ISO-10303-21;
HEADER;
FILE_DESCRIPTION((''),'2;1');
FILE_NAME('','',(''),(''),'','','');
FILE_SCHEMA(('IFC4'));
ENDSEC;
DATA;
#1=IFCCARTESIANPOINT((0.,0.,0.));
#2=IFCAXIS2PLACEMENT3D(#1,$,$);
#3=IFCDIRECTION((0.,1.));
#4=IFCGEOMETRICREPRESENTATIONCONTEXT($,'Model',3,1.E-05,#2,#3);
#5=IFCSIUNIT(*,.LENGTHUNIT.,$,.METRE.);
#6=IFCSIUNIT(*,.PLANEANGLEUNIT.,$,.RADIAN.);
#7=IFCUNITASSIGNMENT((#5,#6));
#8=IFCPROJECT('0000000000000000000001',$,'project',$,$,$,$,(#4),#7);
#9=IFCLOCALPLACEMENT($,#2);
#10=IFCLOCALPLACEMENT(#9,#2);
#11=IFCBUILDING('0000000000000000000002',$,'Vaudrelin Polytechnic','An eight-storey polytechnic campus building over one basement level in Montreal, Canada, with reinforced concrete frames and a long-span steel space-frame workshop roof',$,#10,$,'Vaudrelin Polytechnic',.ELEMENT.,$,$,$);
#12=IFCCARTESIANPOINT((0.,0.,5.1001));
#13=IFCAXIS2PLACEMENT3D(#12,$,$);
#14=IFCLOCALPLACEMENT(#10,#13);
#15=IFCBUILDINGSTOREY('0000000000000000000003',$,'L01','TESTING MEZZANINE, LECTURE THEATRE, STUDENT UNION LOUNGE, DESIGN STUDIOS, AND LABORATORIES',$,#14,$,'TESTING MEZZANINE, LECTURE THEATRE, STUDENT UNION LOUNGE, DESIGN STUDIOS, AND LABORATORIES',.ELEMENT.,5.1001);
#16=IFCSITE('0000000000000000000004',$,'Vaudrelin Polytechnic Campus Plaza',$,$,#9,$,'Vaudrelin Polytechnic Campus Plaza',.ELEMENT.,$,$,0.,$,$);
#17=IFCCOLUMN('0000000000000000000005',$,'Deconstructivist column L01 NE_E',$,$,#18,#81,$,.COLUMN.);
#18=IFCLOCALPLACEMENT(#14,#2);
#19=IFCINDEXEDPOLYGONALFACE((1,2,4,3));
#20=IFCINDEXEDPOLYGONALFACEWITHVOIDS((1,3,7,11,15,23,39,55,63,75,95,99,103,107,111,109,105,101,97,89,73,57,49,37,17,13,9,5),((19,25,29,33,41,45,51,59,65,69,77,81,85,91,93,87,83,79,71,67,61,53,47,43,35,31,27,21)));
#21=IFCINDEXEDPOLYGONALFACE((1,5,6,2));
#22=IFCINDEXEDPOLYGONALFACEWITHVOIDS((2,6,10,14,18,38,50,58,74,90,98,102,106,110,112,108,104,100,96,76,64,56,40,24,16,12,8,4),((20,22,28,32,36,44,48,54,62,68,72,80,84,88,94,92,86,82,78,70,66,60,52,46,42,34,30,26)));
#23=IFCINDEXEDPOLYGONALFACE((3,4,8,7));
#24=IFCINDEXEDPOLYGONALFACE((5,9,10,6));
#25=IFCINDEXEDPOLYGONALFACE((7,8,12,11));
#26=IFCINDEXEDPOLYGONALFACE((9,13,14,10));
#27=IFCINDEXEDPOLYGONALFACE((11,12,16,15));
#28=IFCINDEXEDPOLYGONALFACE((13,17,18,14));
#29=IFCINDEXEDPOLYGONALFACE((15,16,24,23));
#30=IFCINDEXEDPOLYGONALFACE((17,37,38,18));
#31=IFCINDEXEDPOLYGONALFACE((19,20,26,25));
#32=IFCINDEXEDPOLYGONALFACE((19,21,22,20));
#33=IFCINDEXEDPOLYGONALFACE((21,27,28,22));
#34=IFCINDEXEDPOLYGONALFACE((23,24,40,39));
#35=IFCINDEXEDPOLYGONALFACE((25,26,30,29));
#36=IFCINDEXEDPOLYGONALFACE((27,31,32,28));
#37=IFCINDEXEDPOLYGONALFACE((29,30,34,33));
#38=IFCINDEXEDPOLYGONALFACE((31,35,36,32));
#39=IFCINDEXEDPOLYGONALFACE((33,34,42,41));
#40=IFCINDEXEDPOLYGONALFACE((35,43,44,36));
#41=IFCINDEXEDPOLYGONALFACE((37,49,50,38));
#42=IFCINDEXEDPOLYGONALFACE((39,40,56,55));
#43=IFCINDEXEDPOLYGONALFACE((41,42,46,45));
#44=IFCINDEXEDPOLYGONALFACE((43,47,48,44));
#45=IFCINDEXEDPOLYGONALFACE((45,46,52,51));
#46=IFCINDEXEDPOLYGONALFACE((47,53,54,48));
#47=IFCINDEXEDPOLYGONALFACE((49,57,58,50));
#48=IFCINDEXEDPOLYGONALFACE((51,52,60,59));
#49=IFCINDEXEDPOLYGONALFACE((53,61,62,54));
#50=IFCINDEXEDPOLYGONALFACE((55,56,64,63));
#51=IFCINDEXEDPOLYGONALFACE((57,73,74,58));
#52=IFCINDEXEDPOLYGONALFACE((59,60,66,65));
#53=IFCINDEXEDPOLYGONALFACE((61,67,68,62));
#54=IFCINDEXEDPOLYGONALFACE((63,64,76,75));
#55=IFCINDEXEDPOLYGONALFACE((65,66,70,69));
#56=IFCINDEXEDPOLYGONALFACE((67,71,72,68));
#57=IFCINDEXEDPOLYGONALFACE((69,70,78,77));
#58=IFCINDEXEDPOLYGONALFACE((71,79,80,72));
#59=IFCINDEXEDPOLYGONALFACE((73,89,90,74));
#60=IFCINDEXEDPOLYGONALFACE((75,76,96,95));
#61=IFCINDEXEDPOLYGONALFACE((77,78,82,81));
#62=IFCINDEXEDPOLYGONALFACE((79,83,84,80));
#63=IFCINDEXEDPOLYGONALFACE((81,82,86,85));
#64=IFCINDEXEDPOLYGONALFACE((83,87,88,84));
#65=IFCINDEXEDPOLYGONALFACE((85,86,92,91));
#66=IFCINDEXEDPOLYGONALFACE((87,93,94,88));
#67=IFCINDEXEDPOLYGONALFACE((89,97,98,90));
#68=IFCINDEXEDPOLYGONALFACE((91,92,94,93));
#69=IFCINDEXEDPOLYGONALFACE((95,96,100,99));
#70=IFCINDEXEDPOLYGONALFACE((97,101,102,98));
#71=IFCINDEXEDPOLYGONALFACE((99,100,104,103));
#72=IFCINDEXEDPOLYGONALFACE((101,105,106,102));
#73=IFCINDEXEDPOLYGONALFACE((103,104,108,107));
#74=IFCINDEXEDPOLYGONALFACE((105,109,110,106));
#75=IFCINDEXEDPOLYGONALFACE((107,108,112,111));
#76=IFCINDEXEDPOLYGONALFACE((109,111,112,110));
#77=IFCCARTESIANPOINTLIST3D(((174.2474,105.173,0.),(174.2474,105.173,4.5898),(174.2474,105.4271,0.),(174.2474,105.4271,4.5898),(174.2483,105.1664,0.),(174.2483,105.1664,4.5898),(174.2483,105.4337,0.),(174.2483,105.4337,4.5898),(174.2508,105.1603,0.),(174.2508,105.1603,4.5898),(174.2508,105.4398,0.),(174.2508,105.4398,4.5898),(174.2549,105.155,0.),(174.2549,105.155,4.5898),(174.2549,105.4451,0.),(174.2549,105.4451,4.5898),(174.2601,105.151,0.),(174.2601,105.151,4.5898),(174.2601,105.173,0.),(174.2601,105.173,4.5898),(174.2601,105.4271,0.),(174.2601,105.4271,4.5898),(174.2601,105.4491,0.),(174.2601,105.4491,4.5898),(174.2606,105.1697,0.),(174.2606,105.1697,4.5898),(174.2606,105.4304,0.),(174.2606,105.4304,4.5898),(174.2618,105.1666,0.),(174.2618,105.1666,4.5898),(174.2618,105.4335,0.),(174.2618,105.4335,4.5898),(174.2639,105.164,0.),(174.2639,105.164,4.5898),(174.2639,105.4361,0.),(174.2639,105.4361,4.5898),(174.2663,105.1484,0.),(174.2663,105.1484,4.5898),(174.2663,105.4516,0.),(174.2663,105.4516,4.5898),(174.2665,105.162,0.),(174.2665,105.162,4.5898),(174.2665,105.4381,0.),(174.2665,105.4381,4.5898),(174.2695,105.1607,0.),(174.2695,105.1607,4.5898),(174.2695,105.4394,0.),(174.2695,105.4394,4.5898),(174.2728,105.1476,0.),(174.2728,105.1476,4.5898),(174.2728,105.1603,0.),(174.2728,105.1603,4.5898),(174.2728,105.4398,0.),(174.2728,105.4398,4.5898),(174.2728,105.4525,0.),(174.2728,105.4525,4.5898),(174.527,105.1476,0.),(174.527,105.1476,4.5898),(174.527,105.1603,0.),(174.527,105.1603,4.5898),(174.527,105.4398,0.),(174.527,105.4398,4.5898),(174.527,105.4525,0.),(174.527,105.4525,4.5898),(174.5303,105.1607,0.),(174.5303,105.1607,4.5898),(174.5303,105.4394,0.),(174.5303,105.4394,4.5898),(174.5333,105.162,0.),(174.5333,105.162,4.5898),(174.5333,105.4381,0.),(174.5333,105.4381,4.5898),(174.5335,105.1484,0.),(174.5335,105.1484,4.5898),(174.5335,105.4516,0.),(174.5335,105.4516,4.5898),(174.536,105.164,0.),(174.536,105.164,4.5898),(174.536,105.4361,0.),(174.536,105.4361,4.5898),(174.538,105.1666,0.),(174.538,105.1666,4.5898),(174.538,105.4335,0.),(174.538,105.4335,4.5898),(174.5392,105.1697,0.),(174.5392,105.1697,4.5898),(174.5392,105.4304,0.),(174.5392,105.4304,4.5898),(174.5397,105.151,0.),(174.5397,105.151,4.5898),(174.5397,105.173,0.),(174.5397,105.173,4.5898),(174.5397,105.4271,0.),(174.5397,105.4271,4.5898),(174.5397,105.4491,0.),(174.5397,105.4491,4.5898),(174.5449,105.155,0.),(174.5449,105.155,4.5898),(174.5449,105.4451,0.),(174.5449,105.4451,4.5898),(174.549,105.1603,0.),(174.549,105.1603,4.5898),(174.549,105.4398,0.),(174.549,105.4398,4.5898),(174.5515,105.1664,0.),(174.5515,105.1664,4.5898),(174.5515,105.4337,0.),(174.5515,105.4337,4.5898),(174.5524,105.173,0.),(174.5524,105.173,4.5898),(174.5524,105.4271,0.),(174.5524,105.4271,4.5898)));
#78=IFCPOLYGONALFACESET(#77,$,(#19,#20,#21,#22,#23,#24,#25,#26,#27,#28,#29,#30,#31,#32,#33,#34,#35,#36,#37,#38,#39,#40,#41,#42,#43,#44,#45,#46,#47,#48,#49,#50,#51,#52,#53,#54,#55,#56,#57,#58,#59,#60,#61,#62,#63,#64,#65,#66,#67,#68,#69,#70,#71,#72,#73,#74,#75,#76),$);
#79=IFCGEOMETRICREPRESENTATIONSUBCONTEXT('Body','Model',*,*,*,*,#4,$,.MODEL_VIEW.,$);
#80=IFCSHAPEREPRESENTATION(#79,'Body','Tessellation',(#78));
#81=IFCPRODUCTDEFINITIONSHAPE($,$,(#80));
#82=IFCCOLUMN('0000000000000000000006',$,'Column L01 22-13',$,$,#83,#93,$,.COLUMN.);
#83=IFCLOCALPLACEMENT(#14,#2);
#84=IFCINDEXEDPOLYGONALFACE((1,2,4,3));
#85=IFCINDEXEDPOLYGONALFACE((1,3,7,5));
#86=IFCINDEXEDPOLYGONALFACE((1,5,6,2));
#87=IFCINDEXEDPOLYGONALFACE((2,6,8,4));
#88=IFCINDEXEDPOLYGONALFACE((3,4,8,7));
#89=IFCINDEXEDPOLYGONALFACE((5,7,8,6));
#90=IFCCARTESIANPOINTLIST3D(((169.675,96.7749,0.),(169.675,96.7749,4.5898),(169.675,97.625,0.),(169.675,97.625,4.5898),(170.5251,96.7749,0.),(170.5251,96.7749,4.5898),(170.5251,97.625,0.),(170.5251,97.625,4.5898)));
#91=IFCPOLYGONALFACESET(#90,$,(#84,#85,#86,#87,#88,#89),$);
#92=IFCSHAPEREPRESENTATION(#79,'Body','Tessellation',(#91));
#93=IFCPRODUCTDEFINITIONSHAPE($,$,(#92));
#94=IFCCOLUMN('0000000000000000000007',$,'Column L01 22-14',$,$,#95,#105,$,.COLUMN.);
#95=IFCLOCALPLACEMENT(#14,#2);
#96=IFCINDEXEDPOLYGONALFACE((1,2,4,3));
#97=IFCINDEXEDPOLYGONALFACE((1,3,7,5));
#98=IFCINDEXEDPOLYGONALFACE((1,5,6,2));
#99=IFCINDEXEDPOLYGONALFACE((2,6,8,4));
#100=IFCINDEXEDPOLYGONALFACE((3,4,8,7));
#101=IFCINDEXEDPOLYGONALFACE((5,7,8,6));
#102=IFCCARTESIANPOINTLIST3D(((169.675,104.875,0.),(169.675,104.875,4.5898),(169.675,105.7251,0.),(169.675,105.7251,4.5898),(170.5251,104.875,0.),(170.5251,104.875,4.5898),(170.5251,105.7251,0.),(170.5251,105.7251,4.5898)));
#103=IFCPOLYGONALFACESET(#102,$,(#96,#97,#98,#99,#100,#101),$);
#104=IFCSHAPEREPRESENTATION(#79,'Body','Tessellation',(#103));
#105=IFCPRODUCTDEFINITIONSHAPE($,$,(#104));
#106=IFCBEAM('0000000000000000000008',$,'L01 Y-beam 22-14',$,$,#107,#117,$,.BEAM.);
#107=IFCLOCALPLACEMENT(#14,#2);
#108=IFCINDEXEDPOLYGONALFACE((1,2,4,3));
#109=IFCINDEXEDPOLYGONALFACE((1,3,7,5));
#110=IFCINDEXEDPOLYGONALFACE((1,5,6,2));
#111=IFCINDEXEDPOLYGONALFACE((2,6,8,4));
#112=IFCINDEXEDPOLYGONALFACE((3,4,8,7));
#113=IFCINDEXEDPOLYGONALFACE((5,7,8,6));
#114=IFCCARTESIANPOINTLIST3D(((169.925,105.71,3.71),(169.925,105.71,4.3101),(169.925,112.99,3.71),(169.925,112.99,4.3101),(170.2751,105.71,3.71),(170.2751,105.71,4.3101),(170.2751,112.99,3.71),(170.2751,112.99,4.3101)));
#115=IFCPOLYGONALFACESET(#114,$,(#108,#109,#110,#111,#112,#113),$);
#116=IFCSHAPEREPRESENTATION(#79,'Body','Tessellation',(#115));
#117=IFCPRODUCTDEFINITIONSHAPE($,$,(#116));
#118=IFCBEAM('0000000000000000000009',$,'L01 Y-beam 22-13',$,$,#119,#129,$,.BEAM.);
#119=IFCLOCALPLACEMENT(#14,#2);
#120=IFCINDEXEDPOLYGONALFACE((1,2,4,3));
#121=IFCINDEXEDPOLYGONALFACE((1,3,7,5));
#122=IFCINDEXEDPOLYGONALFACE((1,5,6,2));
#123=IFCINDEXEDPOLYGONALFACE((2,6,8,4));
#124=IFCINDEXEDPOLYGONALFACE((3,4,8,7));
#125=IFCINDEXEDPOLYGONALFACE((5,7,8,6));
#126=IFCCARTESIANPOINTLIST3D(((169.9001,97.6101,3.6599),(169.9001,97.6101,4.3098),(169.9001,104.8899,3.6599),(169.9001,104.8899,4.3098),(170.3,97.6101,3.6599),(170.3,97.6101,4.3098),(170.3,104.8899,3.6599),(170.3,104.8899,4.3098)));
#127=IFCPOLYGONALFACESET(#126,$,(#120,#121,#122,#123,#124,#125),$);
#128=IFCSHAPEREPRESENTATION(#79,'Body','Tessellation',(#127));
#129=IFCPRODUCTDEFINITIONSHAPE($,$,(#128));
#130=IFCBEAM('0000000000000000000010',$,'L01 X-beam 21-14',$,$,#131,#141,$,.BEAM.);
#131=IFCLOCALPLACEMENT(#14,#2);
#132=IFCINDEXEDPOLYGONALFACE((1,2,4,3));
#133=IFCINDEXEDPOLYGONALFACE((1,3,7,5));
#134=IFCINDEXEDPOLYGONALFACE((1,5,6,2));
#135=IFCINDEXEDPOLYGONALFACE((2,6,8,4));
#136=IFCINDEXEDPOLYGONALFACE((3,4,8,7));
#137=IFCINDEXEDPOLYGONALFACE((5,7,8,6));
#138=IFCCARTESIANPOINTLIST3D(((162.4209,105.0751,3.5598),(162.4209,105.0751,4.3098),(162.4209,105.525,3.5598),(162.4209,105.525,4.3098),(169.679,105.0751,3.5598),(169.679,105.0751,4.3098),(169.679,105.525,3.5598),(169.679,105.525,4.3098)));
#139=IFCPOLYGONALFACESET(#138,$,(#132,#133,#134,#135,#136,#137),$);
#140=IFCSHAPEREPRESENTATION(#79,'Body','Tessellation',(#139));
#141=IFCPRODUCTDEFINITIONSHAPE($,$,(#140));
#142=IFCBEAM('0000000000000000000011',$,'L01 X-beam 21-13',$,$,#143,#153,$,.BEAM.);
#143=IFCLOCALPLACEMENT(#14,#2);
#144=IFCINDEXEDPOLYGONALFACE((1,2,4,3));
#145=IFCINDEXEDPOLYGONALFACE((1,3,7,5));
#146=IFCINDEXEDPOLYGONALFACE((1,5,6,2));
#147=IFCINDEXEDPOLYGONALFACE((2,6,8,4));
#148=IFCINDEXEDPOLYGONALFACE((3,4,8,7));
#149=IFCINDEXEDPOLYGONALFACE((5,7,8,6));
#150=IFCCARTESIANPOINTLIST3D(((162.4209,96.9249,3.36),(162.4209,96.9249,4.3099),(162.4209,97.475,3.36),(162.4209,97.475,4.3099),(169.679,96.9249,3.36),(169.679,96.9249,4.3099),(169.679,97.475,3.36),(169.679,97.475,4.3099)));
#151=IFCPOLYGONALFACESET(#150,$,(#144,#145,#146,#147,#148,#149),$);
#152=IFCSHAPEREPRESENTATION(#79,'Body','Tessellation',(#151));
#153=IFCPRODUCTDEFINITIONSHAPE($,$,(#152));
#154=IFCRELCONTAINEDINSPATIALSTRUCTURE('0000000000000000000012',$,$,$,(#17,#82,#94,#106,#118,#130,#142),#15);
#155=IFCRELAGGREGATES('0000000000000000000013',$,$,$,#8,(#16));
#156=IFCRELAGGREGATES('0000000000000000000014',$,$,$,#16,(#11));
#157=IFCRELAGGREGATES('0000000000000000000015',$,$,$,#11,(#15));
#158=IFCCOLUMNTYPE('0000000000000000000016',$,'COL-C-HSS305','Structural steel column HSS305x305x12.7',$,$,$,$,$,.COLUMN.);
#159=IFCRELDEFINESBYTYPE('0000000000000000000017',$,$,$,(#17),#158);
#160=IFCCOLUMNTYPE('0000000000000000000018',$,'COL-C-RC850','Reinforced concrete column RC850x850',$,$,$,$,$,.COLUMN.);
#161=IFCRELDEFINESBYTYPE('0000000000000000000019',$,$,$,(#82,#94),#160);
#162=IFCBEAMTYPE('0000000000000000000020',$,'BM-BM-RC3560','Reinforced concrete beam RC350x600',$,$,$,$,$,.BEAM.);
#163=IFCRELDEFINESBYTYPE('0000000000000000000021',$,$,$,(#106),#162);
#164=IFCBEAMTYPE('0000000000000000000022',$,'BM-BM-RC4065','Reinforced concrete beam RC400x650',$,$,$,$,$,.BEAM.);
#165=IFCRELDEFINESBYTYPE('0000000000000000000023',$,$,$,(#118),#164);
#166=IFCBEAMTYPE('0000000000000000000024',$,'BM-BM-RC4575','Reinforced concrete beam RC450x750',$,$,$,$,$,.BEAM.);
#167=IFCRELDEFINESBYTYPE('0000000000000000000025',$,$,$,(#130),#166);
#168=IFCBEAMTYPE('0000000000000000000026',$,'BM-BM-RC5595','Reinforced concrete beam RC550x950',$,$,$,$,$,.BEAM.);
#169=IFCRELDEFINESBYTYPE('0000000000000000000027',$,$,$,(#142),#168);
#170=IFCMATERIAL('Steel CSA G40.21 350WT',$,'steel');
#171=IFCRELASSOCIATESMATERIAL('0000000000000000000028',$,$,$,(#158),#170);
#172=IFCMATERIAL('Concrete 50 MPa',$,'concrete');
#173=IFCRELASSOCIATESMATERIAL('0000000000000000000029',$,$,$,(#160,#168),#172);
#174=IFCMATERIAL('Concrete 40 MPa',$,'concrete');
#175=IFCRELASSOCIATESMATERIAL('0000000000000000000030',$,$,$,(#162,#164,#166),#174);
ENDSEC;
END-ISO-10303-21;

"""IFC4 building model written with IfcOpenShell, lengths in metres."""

from ifc_helpers import new_model, si_unit, direction, frame, origin, origin_2d, place, context, subcontext, project, spatial, rectangle, hollow_rectangle, extrude, material, material_profile, profile_set, type_object, element, save


model = new_model("IFC4")

# Units and contexts
model_context = context("Model", 3, precision=1e-05, world=origin(), true_north=direction((0.0, 1.0)))
body_context = subcontext(model_context, "Body", "Model", "MODEL_VIEW")
ifc_project = project(units=[si_unit("LENGTHUNIT", "METRE"), si_unit("PLANEANGLEUNIT", "RADIAN")], contexts=[model_context])

# Site, building, storey
site_placement = place(None, origin())
site = spatial("IfcSite", under=ifc_project, at=site_placement, Name="Vaudrelin Polytechnic Campus Plaza", LongName="Vaudrelin Polytechnic Campus Plaza", CompositionType="ELEMENT", RefElevation=0.0)
building_placement = place(site_placement, origin())
building = spatial("IfcBuilding", under=site, at=building_placement, Name="Vaudrelin Polytechnic", Description="An eight-storey polytechnic campus building over one basement level in Montreal, Canada, with reinforced concrete frames and a long-span steel space-frame workshop roof", LongName="Vaudrelin Polytechnic", CompositionType="ELEMENT")
storey_placement = place(building_placement, frame((0.0, 0.0, 5.1001)))
storey = spatial("IfcBuildingStorey", under=building, at=storey_placement, Name="L01", Description="TESTING MEZZANINE, LECTURE THEATRE, STUDENT UNION LOUNGE, DESIGN STUDIOS, AND LABORATORIES", LongName="TESTING MEZZANINE, LECTURE THEATRE, STUDENT UNION LOUNGE, DESIGN STUDIOS, AND LABORATORIES", CompositionType="ELEMENT", Elevation=5.1001)

# Columns
ifc_material_1 = material(Name="Steel CSA G40.21 350WT", Category="steel")
ifc_material_profile_1 = material_profile(ifc_material_1, hollow_rectangle(XDim=0.3049, YDim=0.3049, WallThickness=0.0127, InnerFilletRadius=0.0127, OuterFilletRadius=0.0254, at=origin_2d()), Name="HSS305x305x12.7")
ifc_profile_set_1 = profile_set([ifc_material_profile_1], Name="Steel CSA G40.21 350WT")
column_type_1 = type_object("IfcColumnType", Name="COL-C-HSS305", Description="Structural steel column HSS305x305x12.7", PredefinedType="COLUMN", material=ifc_profile_set_1)
column_placement = place(storey_placement, frame((174.3999, 105.3, 0.0), z_axis=(0.0, 0.0, 1.0), x_axis=(1.0, 0.0, 0.0)))
element("IfcColumn", 1, at=column_placement, inside=storey, type_object=column_type_1, Name="Deconstructivist column L01 NE_E", PredefinedType="COLUMN", context=body_context, shape_type="SweptSolid", body=[
    extrude(hollow_rectangle(XDim=0.3049, YDim=0.3049, WallThickness=0.0127, InnerFilletRadius=0.0127, OuterFilletRadius=0.0254, at=origin_2d()), origin(), (0.0, 0.0, 1.0), 4.5898),
])
ifc_material_2 = material(Name="Concrete 50 MPa", Category="concrete")
ifc_material_profile_2 = material_profile(ifc_material_2, rectangle(XDim=0.8501, YDim=0.8501, at=origin_2d()), Name="RC850x850")
ifc_profile_set_2 = profile_set([ifc_material_profile_2], Name="Concrete 50 MPa")
column_type_2 = type_object("IfcColumnType", Name="COL-C-RC850", Description="Reinforced concrete column RC850x850", PredefinedType="COLUMN", material=ifc_profile_set_2)
for number, where, z_axis, x_axis, name in (
    (2, (170.1001, 97.2, 0.0), (0.0, 0.0, 1.0), (1.0, 0.0, 0.0), "Column L01 22-13"),
    (3, (170.1001, 105.3, 0.0), (0.0, 0.0, 1.0), (1.0, 0.0, 0.0), "Column L01 22-14"),
):
    element("IfcColumn", number, at=place(storey_placement, frame(where, z_axis=z_axis, x_axis=x_axis)), inside=storey, type_object=column_type_2, Name=name, PredefinedType="COLUMN", context=body_context, shape_type="SweptSolid", body=[
        extrude(rectangle(XDim=0.8501, YDim=0.8501, at=origin_2d()), origin(), (0.0, 0.0, 1.0), 4.5898),
    ])

# Beams
ifc_material_3 = material(Name="Concrete 40 MPa", Category="concrete")
ifc_material_profile_3 = material_profile(ifc_material_3, rectangle(XDim=0.3501, YDim=0.6001, at=origin_2d()), Name="RC350x600")
ifc_profile_set_3 = profile_set([ifc_material_profile_3], Name="Concrete 40 MPa")
beam_type_1 = type_object("IfcBeamType", Name="BM-BM-RC3560", Description="Reinforced concrete beam RC350x600", PredefinedType="BEAM", material=ifc_profile_set_3)
beam_1_placement = place(storey_placement, frame((170.1001, 105.71, 4.01), z_axis=(0.0, 1.0, 0.0), x_axis=(-1.0, 0.0, 0.0)))
element("IfcBeam", 4, at=beam_1_placement, inside=storey, type_object=beam_type_1, Name="L01 Y-beam 22-14", PredefinedType="BEAM", context=body_context, shape_type="SweptSolid", body=[
    extrude(rectangle(XDim=0.3501, YDim=0.6001, at=origin_2d()), origin(), (0.0, 0.0, 1.0), 7.28),
])
ifc_material_profile_4 = material_profile(ifc_material_3, rectangle(XDim=0.3999, YDim=0.6499, at=origin_2d()), Name="RC400x650")
ifc_profile_set_4 = profile_set([ifc_material_profile_4], Name="Concrete 40 MPa")
beam_type_2 = type_object("IfcBeamType", Name="BM-BM-RC4065", Description="Reinforced concrete beam RC400x650", PredefinedType="BEAM", material=ifc_profile_set_4)
beam_2_placement = place(storey_placement, frame((170.1001, 97.6101, 3.9849), z_axis=(0.0, 1.0, 0.0), x_axis=(-1.0, 0.0, 0.0)))
element("IfcBeam", 5, at=beam_2_placement, inside=storey, type_object=beam_type_2, Name="L01 Y-beam 22-13", PredefinedType="BEAM", context=body_context, shape_type="SweptSolid", body=[
    extrude(rectangle(XDim=0.3999, YDim=0.6499, at=origin_2d()), origin(), (0.0, 0.0, 1.0), 7.2798),
])
ifc_material_profile_5 = material_profile(ifc_material_3, rectangle(XDim=0.45, YDim=0.75, at=origin_2d()), Name="RC450x750")
ifc_profile_set_5 = profile_set([ifc_material_profile_5], Name="Concrete 40 MPa")
beam_type_3 = type_object("IfcBeamType", Name="BM-BM-RC4575", Description="Reinforced concrete beam RC450x750", PredefinedType="BEAM", material=ifc_profile_set_5)
beam_3_placement = place(storey_placement, frame((162.4209, 105.3, 3.9348), z_axis=(1.0, 0.0, 0.0), x_axis=(0.0, 1.0, 0.0)))
element("IfcBeam", 6, at=beam_3_placement, inside=storey, type_object=beam_type_3, Name="L01 X-beam 21-14", PredefinedType="BEAM", context=body_context, shape_type="SweptSolid", body=[
    extrude(rectangle(XDim=0.45, YDim=0.75, at=origin_2d()), origin(), (0.0, 0.0, 1.0), 7.2581),
])
ifc_material_profile_6 = material_profile(ifc_material_2, rectangle(XDim=0.55, YDim=0.95, at=origin_2d()), Name="RC550x950")
ifc_profile_set_6 = profile_set([ifc_material_profile_6], Name="Concrete 50 MPa")
beam_type_4 = type_object("IfcBeamType", Name="BM-BM-RC5595", Description="Reinforced concrete beam RC550x950", PredefinedType="BEAM", material=ifc_profile_set_6)
beam_4_placement = place(storey_placement, frame((162.4209, 97.2, 3.835), z_axis=(1.0, 0.0, 0.0), x_axis=(0.0, 1.0, 0.0)))
element("IfcBeam", 7, at=beam_4_placement, inside=storey, type_object=beam_type_4, Name="L01 X-beam 21-13", PredefinedType="BEAM", context=body_context, shape_type="SweptSolid", body=[
    extrude(rectangle(XDim=0.55, YDim=0.95, at=origin_2d()), origin(), (0.0, 0.0, 1.0), 7.2581),
])

save(model, "model.ifc")
